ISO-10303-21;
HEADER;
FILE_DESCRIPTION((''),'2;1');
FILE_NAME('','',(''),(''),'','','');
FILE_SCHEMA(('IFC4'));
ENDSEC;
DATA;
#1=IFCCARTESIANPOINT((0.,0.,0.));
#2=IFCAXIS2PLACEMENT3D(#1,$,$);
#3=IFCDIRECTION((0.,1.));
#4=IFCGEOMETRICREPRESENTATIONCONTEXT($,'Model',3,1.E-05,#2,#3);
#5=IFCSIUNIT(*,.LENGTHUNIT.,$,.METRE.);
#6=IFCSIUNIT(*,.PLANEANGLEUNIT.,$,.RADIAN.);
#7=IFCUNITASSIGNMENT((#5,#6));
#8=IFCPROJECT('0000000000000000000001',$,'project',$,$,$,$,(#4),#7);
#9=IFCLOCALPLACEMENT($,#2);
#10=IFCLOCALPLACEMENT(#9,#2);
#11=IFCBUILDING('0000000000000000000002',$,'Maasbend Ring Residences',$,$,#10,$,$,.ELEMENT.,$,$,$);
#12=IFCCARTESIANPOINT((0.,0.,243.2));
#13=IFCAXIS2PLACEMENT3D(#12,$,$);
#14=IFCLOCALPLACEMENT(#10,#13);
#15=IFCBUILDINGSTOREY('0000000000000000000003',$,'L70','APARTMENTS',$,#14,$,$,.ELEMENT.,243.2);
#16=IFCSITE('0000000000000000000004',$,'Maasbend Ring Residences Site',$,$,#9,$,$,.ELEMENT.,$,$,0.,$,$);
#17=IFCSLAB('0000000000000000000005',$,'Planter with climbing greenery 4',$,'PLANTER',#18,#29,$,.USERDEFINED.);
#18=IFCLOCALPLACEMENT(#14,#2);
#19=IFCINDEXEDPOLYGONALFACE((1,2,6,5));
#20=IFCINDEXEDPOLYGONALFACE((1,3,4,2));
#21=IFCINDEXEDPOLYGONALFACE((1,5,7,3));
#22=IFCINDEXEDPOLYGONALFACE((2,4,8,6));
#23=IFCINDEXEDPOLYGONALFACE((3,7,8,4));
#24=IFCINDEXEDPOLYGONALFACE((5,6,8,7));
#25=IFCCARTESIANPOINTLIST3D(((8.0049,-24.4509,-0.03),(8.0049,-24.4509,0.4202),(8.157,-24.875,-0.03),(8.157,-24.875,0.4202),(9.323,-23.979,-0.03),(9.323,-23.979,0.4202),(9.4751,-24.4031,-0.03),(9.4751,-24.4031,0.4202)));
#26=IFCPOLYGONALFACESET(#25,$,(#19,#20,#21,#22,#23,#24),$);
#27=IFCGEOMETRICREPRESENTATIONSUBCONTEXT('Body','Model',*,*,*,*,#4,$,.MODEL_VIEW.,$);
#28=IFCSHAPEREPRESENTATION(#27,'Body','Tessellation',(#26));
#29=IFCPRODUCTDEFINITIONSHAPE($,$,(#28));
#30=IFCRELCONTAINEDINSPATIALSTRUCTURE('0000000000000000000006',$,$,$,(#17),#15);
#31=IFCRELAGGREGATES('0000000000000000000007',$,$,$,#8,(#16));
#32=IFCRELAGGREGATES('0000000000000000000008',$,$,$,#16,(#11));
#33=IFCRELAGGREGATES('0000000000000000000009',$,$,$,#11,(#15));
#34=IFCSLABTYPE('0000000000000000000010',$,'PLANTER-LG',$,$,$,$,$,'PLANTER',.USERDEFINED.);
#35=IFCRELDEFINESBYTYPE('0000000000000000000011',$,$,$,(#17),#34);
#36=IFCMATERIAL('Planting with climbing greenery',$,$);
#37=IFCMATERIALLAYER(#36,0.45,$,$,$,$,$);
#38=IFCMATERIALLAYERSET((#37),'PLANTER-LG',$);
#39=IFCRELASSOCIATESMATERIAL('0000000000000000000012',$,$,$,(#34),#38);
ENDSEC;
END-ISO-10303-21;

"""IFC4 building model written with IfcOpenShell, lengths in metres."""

from ifc_helpers import new_model, si_unit, direction, frame, origin, place, context, subcontext, project, spatial, polyline, outline, extrude, material, layer, layer_set, type_object, element, save


model = new_model("IFC4")

# Units and contexts
model_context = context("Model", 3, precision=1e-05, world=origin(), true_north=direction((0.0, 1.0)))
body_context = subcontext(model_context, "Body", "Model", "MODEL_VIEW")
ifc_project = project(units=[si_unit("LENGTHUNIT", "METRE"), si_unit("PLANEANGLEUNIT", "RADIAN")], contexts=[model_context])

# Site, building, storey
site_placement = place(None, origin())
site = spatial("IfcSite", under=ifc_project, at=site_placement, Name="Maasbend Ring Residences Site", CompositionType="ELEMENT", RefElevation=0.0)
building_placement = place(site_placement, origin())
building = spatial("IfcBuilding", under=site, at=building_placement, Name="Maasbend Ring Residences", CompositionType="ELEMENT")
storey_placement = place(building_placement, frame((0.0, 0.0, 243.2)))
storey = spatial("IfcBuildingStorey", under=building, at=storey_placement, Name="L70", Description="APARTMENTS", CompositionType="ELEMENT", Elevation=243.2)

# Slab
ifc_material_1 = material(Name="Planting with climbing greenery")
ifc_layer_1 = layer(ifc_material_1, 0.45)
ifc_layer_set_1 = layer_set([ifc_layer_1], Name="PLANTER-LG")
slab_type_1 = type_object("IfcSlabType", Name="PLANTER-LG", ElementType="PLANTER", PredefinedType="USERDEFINED", material=ifc_layer_set_1)
slab_1_placement = place(storey_placement, frame((0.0, 0.0, -0.03)))
element("IfcSlab", 1, at=slab_1_placement, inside=storey, type_object=slab_type_1, Name="Planter with climbing greenery 4", ObjectType="PLANTER", PredefinedType="USERDEFINED", context=body_context, shape_type="SweptSolid", body=[
    extrude(outline(polyline([(8.157, -24.875), (9.4751, -24.4031), (9.323, -23.979), (8.0049, -24.4509), (8.157, -24.875)])), origin(), (0.0, 0.0, 1.0), 0.4502),
])

save(model, "model.ifc")
